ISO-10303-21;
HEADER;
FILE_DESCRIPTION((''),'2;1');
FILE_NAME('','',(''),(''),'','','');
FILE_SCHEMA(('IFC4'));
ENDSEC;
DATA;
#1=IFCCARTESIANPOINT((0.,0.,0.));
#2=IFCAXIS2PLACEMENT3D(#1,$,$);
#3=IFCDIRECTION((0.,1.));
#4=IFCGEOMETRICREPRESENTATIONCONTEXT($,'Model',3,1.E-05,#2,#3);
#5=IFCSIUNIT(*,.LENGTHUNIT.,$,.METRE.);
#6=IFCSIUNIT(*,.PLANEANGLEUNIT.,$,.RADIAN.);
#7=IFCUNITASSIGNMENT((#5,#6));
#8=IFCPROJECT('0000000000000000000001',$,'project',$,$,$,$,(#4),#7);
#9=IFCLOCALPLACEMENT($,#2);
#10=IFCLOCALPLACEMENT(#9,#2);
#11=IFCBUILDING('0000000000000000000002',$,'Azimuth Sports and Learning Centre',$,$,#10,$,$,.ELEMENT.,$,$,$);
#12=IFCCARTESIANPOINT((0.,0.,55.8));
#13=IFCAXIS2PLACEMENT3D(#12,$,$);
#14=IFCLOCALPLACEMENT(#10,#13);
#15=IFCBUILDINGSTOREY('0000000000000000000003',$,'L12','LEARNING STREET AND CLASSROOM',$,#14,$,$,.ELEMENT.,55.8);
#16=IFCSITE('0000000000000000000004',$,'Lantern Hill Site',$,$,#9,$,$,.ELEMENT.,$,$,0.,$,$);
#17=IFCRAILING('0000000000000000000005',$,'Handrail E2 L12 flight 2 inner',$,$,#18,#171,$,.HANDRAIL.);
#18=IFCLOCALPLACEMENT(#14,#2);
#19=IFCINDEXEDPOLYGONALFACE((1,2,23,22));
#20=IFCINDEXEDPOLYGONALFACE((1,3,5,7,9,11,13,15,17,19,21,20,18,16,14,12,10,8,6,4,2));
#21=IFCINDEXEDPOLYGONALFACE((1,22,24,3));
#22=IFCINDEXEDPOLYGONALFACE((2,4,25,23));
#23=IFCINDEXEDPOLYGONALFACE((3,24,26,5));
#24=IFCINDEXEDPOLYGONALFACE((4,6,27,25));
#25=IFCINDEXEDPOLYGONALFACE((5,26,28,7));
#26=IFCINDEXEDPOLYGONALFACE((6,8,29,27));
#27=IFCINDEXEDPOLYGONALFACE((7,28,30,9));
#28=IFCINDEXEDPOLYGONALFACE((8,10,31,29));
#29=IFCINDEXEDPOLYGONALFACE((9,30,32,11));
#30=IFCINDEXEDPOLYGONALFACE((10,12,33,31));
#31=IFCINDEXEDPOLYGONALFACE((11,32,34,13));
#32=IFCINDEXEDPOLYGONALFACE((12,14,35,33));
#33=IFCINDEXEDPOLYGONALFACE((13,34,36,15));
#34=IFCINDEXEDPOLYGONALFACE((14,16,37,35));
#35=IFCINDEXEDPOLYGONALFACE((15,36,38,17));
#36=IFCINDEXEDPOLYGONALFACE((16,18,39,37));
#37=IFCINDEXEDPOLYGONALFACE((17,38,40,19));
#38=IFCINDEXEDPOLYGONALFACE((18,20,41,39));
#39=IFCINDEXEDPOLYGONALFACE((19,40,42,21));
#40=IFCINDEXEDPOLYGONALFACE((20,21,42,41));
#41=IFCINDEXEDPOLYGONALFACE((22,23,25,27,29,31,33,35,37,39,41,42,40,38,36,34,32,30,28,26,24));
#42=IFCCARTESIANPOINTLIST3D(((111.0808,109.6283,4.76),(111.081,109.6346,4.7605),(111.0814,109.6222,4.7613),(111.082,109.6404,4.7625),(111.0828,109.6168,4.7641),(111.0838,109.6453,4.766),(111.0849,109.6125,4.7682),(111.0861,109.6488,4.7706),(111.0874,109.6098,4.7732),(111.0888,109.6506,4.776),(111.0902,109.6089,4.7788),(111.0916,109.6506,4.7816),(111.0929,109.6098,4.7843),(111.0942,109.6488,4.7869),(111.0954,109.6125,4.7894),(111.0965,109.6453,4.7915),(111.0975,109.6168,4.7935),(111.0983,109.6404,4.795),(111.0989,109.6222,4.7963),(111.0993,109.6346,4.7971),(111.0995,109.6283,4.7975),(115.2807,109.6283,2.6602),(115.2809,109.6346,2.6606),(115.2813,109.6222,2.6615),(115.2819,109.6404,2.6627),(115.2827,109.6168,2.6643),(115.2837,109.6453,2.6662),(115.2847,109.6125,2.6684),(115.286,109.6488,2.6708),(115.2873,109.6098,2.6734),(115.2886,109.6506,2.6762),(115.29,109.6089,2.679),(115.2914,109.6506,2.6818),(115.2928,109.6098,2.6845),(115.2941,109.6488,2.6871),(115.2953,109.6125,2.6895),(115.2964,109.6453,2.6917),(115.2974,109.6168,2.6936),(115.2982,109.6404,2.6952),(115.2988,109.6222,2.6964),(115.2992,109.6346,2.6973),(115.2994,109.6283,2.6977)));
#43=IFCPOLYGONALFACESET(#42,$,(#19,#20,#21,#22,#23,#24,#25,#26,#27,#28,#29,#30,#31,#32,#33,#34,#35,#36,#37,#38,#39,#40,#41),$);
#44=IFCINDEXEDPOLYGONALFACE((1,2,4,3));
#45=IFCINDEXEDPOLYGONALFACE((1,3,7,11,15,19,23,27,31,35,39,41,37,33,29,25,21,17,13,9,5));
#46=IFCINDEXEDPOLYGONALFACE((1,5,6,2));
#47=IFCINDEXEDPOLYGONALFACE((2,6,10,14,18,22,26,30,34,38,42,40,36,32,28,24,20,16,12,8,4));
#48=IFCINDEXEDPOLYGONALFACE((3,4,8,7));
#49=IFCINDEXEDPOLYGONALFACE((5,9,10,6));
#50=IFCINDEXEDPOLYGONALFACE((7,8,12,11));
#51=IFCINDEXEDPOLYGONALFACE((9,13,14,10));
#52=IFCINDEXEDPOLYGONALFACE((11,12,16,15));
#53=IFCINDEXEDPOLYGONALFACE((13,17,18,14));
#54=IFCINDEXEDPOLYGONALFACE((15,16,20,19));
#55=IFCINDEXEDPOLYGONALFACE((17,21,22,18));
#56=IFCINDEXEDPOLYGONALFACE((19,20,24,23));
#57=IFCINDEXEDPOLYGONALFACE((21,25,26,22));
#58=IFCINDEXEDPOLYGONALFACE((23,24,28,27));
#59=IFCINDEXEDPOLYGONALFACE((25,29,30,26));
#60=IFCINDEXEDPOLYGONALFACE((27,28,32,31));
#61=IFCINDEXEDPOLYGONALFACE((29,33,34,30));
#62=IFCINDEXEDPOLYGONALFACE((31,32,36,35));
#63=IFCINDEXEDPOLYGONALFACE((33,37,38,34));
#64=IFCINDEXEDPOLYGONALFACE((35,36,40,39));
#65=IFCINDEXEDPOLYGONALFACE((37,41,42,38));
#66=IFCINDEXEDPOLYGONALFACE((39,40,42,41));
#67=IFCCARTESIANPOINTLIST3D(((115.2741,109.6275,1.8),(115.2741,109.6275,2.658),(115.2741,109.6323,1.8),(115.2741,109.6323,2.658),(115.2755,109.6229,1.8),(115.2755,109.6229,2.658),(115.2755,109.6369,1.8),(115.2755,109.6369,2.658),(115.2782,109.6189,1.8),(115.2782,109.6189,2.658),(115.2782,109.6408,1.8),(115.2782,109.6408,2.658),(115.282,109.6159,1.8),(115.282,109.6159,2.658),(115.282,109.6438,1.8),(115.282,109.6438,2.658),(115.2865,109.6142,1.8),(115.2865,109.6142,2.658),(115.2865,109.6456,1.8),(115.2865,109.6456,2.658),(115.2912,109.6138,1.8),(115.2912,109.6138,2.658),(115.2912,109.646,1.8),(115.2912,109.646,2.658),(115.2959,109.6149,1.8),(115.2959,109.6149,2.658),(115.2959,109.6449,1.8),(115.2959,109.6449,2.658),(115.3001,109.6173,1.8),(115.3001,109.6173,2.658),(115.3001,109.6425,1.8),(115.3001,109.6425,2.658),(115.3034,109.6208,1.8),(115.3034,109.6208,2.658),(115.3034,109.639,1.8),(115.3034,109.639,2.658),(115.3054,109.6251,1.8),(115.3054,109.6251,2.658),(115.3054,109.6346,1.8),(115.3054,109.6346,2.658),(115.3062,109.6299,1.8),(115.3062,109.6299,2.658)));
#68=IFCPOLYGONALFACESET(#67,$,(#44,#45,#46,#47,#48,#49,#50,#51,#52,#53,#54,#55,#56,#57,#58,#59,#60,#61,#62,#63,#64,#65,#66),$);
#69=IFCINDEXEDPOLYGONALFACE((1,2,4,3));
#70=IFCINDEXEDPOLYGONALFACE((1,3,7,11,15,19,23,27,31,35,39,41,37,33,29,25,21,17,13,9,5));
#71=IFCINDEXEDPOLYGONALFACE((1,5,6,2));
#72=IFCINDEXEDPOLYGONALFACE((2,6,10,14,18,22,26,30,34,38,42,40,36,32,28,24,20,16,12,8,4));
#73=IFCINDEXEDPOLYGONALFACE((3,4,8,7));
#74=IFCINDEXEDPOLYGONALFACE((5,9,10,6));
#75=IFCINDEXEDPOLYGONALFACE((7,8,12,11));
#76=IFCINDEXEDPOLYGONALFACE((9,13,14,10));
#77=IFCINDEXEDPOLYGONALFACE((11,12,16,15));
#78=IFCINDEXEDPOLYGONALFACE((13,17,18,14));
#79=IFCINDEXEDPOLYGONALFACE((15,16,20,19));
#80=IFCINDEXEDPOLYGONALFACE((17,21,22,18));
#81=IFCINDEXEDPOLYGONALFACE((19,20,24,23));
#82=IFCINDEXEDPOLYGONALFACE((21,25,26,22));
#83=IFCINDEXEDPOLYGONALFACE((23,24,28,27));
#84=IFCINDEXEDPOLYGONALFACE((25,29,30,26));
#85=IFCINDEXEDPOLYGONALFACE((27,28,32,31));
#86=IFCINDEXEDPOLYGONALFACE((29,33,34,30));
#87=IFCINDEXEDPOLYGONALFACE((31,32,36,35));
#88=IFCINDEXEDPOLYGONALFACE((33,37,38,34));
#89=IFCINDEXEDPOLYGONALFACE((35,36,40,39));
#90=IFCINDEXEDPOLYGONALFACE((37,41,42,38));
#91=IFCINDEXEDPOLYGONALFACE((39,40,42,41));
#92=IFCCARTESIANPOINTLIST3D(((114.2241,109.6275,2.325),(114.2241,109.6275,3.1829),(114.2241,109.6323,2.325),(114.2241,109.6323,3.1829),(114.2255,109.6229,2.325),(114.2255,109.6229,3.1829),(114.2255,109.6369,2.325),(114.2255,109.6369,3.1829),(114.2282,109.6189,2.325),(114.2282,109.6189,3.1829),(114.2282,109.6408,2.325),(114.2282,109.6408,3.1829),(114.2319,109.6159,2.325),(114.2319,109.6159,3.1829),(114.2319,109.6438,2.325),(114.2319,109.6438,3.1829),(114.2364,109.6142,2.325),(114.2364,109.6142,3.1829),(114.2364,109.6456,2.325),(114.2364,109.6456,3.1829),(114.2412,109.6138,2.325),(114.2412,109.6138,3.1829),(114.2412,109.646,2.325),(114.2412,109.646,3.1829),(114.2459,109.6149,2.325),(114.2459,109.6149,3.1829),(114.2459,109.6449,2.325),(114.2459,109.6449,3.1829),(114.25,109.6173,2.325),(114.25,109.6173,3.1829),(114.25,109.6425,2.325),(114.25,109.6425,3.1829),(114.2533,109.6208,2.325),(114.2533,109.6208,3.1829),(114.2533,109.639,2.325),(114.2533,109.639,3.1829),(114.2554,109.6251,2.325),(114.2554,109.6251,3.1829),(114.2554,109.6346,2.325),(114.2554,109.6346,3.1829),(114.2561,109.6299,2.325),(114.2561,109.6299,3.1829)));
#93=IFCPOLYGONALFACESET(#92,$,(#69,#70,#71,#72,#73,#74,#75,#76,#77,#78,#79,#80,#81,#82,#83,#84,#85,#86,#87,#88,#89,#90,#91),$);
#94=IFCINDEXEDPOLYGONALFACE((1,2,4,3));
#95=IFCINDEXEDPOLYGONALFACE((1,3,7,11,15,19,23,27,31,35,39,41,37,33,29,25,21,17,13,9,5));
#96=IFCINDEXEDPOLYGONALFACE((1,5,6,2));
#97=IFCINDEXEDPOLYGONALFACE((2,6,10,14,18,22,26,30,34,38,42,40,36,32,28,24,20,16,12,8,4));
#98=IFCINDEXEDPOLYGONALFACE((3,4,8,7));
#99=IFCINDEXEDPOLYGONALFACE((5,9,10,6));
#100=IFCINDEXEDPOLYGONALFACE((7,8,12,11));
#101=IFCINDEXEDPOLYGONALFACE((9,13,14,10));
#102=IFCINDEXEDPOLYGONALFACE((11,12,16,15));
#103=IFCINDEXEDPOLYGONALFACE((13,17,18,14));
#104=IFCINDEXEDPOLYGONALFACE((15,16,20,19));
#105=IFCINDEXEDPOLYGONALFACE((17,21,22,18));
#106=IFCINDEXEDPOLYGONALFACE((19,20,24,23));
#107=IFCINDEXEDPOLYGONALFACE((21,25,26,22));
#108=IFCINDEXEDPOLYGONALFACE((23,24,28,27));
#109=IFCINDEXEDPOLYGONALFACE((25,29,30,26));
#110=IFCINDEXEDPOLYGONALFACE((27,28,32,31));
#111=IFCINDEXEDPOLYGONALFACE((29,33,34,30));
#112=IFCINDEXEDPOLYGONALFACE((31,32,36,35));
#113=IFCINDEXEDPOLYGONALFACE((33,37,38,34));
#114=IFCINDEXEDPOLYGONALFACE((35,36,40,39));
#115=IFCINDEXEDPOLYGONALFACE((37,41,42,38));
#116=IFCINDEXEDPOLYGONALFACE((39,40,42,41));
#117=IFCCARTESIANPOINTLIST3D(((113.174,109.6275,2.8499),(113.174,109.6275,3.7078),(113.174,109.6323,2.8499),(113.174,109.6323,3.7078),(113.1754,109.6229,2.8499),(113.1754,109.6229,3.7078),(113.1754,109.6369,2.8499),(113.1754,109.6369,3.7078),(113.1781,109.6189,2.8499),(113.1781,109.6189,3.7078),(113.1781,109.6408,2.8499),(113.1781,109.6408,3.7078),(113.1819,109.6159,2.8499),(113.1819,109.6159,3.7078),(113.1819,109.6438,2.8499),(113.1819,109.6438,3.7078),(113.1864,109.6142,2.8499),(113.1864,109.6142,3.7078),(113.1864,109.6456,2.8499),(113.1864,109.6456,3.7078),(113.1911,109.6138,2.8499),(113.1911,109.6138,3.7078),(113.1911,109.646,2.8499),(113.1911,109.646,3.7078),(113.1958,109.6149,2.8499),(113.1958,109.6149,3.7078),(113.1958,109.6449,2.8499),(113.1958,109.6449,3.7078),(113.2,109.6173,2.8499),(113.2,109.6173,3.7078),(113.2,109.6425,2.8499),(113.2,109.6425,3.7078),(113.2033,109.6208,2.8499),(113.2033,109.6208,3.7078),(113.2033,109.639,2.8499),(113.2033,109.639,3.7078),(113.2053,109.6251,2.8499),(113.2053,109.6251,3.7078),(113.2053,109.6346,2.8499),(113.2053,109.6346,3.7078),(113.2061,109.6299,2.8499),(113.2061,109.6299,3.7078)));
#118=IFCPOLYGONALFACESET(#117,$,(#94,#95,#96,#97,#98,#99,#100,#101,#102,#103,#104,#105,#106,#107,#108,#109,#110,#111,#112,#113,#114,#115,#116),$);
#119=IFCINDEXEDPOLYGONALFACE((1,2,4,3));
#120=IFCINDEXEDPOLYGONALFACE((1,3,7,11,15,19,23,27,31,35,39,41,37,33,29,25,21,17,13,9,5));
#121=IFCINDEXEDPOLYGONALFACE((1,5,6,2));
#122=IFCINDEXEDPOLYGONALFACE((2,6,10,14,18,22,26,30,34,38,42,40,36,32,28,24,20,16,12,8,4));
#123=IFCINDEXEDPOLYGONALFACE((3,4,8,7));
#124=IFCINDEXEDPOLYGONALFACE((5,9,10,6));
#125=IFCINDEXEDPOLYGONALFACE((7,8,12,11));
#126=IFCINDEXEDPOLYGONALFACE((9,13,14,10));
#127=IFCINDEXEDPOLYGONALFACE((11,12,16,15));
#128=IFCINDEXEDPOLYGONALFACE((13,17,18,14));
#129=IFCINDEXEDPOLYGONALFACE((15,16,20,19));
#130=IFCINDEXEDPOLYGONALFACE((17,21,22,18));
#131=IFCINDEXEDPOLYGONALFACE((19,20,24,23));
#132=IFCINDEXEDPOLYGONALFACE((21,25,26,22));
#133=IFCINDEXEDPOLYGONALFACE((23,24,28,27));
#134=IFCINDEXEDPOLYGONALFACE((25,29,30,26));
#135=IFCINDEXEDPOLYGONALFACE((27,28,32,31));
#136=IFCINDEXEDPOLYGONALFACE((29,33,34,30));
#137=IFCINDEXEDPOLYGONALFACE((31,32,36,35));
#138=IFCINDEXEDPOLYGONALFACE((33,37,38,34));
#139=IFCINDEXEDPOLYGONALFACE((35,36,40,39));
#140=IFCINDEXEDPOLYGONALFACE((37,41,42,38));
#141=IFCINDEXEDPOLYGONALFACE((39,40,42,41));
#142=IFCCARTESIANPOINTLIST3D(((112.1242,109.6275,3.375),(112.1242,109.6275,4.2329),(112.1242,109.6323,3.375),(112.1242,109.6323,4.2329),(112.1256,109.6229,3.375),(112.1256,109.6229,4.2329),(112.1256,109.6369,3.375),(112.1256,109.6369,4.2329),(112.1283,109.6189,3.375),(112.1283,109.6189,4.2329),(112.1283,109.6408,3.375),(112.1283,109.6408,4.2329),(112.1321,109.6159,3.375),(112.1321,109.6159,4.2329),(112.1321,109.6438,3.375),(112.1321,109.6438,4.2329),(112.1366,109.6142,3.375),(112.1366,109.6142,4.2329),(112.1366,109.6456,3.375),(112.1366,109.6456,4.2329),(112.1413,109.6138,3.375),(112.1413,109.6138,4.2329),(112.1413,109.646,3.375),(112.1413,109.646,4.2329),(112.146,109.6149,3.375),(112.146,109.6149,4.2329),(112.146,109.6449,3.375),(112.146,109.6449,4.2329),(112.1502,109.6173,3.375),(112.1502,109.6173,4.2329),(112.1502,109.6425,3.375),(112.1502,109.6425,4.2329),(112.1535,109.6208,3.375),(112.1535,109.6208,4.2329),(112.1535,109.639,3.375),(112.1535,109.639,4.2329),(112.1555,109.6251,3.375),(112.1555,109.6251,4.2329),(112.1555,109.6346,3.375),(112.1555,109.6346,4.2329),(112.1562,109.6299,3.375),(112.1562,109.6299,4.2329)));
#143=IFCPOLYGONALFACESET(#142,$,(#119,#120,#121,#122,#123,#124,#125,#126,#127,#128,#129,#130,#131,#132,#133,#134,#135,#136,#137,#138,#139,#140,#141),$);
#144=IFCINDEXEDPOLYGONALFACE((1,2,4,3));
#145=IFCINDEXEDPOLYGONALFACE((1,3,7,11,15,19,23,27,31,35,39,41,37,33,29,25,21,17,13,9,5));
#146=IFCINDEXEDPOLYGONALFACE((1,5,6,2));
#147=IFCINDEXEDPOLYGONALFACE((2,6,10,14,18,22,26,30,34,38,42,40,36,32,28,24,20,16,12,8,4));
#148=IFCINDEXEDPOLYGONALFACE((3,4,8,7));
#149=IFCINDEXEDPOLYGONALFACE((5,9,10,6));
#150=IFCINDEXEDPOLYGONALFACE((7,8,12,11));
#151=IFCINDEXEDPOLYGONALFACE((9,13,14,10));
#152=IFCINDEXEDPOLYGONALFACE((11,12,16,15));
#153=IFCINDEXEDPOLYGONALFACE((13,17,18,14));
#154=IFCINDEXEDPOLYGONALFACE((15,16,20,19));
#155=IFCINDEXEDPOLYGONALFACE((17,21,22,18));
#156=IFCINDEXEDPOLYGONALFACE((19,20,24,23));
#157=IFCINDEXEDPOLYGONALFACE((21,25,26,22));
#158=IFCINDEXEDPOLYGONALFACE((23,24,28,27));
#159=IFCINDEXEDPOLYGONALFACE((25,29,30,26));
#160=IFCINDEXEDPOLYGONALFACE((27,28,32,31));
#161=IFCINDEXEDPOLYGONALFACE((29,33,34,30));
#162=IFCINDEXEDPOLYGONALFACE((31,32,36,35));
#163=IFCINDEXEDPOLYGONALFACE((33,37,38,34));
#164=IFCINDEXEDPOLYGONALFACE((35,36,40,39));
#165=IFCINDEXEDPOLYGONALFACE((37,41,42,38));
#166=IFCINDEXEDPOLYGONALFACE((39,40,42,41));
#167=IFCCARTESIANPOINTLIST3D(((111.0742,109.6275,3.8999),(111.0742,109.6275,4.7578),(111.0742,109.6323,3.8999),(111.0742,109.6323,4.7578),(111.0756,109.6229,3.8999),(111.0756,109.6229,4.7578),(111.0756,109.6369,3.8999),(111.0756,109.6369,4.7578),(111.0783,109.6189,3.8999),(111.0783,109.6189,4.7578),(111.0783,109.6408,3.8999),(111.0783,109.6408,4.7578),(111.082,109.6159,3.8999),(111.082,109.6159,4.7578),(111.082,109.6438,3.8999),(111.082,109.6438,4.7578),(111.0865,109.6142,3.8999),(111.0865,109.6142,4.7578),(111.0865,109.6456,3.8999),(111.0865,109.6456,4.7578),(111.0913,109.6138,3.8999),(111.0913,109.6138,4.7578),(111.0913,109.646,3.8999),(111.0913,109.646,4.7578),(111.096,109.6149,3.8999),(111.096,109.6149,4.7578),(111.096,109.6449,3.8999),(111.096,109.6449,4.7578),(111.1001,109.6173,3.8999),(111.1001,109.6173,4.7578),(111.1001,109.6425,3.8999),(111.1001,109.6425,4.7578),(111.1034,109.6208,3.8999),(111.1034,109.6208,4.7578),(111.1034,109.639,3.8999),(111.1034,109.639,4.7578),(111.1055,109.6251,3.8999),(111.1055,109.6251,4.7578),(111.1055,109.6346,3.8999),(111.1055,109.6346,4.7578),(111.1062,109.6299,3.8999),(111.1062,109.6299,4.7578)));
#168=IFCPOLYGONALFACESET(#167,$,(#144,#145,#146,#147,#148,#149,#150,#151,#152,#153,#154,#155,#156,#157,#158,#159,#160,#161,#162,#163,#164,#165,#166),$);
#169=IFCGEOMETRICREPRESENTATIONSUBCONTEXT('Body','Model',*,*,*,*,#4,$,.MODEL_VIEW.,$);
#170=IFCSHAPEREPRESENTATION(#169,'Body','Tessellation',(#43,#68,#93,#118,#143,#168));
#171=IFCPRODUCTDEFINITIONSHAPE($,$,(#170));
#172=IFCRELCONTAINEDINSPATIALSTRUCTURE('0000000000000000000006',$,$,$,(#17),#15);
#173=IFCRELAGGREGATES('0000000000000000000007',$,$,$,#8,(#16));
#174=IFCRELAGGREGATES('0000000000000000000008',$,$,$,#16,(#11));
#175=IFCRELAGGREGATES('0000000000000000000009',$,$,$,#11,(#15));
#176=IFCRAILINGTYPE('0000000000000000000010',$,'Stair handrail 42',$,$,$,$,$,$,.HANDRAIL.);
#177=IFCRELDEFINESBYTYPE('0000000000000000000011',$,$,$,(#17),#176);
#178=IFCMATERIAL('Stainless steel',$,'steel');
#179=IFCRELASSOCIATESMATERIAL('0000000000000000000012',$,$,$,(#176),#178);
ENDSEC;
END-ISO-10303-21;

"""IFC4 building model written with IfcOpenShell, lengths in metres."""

from ifc_helpers import new_model, si_unit, direction, frame, origin, origin_2d, place, context, subcontext, project, spatial, circle, extrude, material, type_object, element, save


model = new_model("IFC4")

# Units and contexts
model_context = context("Model", 3, precision=1e-05, world=origin(), true_north=direction((0.0, 1.0)))
body_context = subcontext(model_context, "Body", "Model", "MODEL_VIEW")
ifc_project = project(units=[si_unit("LENGTHUNIT", "METRE"), si_unit("PLANEANGLEUNIT", "RADIAN")], contexts=[model_context])

# Site, building, storey
site_placement = place(None, origin())
site = spatial("IfcSite", under=ifc_project, at=site_placement, Name="Lantern Hill Site", CompositionType="ELEMENT", RefElevation=0.0)
building_placement = place(site_placement, origin())
building = spatial("IfcBuilding", under=site, at=building_placement, Name="Azimuth Sports and Learning Centre", CompositionType="ELEMENT")
storey_placement = place(building_placement, frame((0.0, 0.0, 55.8)))
storey = spatial("IfcBuildingStorey", under=building, at=storey_placement, Name="L12", Description="LEARNING STREET AND CLASSROOM", CompositionType="ELEMENT", Elevation=55.8)

# Railing
ifc_material_1 = material(Name="Stainless steel", Category="steel")
railing_type_1 = type_object("IfcRailingType", Name="Stair handrail 42", PredefinedType="HANDRAIL", material=ifc_material_1)
railing_1_placement = place(storey_placement, frame((115.29, 109.6299, 1.8)))
element("IfcRailing", 1, at=railing_1_placement, inside=storey, type_object=railing_type_1, Name="Handrail E2 L12 flight 2 inner", PredefinedType="HANDRAIL", context=body_context, shape_type="SweptSolid", body=[
    extrude(circle(Radius=0.021, at=origin_2d()), frame((0.0, 0.0, 0.8789), z_axis=(-0.894438, 0.0, 0.447193), x_axis=(0.0, -1.0, 0.0)), (0.0, 0.0, 1.0), 4.6956),
    extrude(circle(Radius=0.0161, at=origin_2d()), origin(), (0.0, 0.0, 1.0), 0.8579),
    extrude(circle(Radius=0.0161, at=origin_2d()), frame((-1.05, 0.0, 0.5249)), (0.0, 0.0, 1.0), 0.8579),
    extrude(circle(Radius=0.0161, at=origin_2d()), frame((-2.1001, 0.0, 1.0498)), (0.0, 0.0, 1.0), 0.8579),
    extrude(circle(Radius=0.0161, at=origin_2d()), frame((-3.1499, 0.0, 1.575)), (0.0, 0.0, 1.0), 0.8579),
    extrude(circle(Radius=0.0161, at=origin_2d()), frame((-4.2, 0.0, 2.0999)), (0.0, 0.0, 1.0), 0.8579),
])

save(model, "model.ifc")
